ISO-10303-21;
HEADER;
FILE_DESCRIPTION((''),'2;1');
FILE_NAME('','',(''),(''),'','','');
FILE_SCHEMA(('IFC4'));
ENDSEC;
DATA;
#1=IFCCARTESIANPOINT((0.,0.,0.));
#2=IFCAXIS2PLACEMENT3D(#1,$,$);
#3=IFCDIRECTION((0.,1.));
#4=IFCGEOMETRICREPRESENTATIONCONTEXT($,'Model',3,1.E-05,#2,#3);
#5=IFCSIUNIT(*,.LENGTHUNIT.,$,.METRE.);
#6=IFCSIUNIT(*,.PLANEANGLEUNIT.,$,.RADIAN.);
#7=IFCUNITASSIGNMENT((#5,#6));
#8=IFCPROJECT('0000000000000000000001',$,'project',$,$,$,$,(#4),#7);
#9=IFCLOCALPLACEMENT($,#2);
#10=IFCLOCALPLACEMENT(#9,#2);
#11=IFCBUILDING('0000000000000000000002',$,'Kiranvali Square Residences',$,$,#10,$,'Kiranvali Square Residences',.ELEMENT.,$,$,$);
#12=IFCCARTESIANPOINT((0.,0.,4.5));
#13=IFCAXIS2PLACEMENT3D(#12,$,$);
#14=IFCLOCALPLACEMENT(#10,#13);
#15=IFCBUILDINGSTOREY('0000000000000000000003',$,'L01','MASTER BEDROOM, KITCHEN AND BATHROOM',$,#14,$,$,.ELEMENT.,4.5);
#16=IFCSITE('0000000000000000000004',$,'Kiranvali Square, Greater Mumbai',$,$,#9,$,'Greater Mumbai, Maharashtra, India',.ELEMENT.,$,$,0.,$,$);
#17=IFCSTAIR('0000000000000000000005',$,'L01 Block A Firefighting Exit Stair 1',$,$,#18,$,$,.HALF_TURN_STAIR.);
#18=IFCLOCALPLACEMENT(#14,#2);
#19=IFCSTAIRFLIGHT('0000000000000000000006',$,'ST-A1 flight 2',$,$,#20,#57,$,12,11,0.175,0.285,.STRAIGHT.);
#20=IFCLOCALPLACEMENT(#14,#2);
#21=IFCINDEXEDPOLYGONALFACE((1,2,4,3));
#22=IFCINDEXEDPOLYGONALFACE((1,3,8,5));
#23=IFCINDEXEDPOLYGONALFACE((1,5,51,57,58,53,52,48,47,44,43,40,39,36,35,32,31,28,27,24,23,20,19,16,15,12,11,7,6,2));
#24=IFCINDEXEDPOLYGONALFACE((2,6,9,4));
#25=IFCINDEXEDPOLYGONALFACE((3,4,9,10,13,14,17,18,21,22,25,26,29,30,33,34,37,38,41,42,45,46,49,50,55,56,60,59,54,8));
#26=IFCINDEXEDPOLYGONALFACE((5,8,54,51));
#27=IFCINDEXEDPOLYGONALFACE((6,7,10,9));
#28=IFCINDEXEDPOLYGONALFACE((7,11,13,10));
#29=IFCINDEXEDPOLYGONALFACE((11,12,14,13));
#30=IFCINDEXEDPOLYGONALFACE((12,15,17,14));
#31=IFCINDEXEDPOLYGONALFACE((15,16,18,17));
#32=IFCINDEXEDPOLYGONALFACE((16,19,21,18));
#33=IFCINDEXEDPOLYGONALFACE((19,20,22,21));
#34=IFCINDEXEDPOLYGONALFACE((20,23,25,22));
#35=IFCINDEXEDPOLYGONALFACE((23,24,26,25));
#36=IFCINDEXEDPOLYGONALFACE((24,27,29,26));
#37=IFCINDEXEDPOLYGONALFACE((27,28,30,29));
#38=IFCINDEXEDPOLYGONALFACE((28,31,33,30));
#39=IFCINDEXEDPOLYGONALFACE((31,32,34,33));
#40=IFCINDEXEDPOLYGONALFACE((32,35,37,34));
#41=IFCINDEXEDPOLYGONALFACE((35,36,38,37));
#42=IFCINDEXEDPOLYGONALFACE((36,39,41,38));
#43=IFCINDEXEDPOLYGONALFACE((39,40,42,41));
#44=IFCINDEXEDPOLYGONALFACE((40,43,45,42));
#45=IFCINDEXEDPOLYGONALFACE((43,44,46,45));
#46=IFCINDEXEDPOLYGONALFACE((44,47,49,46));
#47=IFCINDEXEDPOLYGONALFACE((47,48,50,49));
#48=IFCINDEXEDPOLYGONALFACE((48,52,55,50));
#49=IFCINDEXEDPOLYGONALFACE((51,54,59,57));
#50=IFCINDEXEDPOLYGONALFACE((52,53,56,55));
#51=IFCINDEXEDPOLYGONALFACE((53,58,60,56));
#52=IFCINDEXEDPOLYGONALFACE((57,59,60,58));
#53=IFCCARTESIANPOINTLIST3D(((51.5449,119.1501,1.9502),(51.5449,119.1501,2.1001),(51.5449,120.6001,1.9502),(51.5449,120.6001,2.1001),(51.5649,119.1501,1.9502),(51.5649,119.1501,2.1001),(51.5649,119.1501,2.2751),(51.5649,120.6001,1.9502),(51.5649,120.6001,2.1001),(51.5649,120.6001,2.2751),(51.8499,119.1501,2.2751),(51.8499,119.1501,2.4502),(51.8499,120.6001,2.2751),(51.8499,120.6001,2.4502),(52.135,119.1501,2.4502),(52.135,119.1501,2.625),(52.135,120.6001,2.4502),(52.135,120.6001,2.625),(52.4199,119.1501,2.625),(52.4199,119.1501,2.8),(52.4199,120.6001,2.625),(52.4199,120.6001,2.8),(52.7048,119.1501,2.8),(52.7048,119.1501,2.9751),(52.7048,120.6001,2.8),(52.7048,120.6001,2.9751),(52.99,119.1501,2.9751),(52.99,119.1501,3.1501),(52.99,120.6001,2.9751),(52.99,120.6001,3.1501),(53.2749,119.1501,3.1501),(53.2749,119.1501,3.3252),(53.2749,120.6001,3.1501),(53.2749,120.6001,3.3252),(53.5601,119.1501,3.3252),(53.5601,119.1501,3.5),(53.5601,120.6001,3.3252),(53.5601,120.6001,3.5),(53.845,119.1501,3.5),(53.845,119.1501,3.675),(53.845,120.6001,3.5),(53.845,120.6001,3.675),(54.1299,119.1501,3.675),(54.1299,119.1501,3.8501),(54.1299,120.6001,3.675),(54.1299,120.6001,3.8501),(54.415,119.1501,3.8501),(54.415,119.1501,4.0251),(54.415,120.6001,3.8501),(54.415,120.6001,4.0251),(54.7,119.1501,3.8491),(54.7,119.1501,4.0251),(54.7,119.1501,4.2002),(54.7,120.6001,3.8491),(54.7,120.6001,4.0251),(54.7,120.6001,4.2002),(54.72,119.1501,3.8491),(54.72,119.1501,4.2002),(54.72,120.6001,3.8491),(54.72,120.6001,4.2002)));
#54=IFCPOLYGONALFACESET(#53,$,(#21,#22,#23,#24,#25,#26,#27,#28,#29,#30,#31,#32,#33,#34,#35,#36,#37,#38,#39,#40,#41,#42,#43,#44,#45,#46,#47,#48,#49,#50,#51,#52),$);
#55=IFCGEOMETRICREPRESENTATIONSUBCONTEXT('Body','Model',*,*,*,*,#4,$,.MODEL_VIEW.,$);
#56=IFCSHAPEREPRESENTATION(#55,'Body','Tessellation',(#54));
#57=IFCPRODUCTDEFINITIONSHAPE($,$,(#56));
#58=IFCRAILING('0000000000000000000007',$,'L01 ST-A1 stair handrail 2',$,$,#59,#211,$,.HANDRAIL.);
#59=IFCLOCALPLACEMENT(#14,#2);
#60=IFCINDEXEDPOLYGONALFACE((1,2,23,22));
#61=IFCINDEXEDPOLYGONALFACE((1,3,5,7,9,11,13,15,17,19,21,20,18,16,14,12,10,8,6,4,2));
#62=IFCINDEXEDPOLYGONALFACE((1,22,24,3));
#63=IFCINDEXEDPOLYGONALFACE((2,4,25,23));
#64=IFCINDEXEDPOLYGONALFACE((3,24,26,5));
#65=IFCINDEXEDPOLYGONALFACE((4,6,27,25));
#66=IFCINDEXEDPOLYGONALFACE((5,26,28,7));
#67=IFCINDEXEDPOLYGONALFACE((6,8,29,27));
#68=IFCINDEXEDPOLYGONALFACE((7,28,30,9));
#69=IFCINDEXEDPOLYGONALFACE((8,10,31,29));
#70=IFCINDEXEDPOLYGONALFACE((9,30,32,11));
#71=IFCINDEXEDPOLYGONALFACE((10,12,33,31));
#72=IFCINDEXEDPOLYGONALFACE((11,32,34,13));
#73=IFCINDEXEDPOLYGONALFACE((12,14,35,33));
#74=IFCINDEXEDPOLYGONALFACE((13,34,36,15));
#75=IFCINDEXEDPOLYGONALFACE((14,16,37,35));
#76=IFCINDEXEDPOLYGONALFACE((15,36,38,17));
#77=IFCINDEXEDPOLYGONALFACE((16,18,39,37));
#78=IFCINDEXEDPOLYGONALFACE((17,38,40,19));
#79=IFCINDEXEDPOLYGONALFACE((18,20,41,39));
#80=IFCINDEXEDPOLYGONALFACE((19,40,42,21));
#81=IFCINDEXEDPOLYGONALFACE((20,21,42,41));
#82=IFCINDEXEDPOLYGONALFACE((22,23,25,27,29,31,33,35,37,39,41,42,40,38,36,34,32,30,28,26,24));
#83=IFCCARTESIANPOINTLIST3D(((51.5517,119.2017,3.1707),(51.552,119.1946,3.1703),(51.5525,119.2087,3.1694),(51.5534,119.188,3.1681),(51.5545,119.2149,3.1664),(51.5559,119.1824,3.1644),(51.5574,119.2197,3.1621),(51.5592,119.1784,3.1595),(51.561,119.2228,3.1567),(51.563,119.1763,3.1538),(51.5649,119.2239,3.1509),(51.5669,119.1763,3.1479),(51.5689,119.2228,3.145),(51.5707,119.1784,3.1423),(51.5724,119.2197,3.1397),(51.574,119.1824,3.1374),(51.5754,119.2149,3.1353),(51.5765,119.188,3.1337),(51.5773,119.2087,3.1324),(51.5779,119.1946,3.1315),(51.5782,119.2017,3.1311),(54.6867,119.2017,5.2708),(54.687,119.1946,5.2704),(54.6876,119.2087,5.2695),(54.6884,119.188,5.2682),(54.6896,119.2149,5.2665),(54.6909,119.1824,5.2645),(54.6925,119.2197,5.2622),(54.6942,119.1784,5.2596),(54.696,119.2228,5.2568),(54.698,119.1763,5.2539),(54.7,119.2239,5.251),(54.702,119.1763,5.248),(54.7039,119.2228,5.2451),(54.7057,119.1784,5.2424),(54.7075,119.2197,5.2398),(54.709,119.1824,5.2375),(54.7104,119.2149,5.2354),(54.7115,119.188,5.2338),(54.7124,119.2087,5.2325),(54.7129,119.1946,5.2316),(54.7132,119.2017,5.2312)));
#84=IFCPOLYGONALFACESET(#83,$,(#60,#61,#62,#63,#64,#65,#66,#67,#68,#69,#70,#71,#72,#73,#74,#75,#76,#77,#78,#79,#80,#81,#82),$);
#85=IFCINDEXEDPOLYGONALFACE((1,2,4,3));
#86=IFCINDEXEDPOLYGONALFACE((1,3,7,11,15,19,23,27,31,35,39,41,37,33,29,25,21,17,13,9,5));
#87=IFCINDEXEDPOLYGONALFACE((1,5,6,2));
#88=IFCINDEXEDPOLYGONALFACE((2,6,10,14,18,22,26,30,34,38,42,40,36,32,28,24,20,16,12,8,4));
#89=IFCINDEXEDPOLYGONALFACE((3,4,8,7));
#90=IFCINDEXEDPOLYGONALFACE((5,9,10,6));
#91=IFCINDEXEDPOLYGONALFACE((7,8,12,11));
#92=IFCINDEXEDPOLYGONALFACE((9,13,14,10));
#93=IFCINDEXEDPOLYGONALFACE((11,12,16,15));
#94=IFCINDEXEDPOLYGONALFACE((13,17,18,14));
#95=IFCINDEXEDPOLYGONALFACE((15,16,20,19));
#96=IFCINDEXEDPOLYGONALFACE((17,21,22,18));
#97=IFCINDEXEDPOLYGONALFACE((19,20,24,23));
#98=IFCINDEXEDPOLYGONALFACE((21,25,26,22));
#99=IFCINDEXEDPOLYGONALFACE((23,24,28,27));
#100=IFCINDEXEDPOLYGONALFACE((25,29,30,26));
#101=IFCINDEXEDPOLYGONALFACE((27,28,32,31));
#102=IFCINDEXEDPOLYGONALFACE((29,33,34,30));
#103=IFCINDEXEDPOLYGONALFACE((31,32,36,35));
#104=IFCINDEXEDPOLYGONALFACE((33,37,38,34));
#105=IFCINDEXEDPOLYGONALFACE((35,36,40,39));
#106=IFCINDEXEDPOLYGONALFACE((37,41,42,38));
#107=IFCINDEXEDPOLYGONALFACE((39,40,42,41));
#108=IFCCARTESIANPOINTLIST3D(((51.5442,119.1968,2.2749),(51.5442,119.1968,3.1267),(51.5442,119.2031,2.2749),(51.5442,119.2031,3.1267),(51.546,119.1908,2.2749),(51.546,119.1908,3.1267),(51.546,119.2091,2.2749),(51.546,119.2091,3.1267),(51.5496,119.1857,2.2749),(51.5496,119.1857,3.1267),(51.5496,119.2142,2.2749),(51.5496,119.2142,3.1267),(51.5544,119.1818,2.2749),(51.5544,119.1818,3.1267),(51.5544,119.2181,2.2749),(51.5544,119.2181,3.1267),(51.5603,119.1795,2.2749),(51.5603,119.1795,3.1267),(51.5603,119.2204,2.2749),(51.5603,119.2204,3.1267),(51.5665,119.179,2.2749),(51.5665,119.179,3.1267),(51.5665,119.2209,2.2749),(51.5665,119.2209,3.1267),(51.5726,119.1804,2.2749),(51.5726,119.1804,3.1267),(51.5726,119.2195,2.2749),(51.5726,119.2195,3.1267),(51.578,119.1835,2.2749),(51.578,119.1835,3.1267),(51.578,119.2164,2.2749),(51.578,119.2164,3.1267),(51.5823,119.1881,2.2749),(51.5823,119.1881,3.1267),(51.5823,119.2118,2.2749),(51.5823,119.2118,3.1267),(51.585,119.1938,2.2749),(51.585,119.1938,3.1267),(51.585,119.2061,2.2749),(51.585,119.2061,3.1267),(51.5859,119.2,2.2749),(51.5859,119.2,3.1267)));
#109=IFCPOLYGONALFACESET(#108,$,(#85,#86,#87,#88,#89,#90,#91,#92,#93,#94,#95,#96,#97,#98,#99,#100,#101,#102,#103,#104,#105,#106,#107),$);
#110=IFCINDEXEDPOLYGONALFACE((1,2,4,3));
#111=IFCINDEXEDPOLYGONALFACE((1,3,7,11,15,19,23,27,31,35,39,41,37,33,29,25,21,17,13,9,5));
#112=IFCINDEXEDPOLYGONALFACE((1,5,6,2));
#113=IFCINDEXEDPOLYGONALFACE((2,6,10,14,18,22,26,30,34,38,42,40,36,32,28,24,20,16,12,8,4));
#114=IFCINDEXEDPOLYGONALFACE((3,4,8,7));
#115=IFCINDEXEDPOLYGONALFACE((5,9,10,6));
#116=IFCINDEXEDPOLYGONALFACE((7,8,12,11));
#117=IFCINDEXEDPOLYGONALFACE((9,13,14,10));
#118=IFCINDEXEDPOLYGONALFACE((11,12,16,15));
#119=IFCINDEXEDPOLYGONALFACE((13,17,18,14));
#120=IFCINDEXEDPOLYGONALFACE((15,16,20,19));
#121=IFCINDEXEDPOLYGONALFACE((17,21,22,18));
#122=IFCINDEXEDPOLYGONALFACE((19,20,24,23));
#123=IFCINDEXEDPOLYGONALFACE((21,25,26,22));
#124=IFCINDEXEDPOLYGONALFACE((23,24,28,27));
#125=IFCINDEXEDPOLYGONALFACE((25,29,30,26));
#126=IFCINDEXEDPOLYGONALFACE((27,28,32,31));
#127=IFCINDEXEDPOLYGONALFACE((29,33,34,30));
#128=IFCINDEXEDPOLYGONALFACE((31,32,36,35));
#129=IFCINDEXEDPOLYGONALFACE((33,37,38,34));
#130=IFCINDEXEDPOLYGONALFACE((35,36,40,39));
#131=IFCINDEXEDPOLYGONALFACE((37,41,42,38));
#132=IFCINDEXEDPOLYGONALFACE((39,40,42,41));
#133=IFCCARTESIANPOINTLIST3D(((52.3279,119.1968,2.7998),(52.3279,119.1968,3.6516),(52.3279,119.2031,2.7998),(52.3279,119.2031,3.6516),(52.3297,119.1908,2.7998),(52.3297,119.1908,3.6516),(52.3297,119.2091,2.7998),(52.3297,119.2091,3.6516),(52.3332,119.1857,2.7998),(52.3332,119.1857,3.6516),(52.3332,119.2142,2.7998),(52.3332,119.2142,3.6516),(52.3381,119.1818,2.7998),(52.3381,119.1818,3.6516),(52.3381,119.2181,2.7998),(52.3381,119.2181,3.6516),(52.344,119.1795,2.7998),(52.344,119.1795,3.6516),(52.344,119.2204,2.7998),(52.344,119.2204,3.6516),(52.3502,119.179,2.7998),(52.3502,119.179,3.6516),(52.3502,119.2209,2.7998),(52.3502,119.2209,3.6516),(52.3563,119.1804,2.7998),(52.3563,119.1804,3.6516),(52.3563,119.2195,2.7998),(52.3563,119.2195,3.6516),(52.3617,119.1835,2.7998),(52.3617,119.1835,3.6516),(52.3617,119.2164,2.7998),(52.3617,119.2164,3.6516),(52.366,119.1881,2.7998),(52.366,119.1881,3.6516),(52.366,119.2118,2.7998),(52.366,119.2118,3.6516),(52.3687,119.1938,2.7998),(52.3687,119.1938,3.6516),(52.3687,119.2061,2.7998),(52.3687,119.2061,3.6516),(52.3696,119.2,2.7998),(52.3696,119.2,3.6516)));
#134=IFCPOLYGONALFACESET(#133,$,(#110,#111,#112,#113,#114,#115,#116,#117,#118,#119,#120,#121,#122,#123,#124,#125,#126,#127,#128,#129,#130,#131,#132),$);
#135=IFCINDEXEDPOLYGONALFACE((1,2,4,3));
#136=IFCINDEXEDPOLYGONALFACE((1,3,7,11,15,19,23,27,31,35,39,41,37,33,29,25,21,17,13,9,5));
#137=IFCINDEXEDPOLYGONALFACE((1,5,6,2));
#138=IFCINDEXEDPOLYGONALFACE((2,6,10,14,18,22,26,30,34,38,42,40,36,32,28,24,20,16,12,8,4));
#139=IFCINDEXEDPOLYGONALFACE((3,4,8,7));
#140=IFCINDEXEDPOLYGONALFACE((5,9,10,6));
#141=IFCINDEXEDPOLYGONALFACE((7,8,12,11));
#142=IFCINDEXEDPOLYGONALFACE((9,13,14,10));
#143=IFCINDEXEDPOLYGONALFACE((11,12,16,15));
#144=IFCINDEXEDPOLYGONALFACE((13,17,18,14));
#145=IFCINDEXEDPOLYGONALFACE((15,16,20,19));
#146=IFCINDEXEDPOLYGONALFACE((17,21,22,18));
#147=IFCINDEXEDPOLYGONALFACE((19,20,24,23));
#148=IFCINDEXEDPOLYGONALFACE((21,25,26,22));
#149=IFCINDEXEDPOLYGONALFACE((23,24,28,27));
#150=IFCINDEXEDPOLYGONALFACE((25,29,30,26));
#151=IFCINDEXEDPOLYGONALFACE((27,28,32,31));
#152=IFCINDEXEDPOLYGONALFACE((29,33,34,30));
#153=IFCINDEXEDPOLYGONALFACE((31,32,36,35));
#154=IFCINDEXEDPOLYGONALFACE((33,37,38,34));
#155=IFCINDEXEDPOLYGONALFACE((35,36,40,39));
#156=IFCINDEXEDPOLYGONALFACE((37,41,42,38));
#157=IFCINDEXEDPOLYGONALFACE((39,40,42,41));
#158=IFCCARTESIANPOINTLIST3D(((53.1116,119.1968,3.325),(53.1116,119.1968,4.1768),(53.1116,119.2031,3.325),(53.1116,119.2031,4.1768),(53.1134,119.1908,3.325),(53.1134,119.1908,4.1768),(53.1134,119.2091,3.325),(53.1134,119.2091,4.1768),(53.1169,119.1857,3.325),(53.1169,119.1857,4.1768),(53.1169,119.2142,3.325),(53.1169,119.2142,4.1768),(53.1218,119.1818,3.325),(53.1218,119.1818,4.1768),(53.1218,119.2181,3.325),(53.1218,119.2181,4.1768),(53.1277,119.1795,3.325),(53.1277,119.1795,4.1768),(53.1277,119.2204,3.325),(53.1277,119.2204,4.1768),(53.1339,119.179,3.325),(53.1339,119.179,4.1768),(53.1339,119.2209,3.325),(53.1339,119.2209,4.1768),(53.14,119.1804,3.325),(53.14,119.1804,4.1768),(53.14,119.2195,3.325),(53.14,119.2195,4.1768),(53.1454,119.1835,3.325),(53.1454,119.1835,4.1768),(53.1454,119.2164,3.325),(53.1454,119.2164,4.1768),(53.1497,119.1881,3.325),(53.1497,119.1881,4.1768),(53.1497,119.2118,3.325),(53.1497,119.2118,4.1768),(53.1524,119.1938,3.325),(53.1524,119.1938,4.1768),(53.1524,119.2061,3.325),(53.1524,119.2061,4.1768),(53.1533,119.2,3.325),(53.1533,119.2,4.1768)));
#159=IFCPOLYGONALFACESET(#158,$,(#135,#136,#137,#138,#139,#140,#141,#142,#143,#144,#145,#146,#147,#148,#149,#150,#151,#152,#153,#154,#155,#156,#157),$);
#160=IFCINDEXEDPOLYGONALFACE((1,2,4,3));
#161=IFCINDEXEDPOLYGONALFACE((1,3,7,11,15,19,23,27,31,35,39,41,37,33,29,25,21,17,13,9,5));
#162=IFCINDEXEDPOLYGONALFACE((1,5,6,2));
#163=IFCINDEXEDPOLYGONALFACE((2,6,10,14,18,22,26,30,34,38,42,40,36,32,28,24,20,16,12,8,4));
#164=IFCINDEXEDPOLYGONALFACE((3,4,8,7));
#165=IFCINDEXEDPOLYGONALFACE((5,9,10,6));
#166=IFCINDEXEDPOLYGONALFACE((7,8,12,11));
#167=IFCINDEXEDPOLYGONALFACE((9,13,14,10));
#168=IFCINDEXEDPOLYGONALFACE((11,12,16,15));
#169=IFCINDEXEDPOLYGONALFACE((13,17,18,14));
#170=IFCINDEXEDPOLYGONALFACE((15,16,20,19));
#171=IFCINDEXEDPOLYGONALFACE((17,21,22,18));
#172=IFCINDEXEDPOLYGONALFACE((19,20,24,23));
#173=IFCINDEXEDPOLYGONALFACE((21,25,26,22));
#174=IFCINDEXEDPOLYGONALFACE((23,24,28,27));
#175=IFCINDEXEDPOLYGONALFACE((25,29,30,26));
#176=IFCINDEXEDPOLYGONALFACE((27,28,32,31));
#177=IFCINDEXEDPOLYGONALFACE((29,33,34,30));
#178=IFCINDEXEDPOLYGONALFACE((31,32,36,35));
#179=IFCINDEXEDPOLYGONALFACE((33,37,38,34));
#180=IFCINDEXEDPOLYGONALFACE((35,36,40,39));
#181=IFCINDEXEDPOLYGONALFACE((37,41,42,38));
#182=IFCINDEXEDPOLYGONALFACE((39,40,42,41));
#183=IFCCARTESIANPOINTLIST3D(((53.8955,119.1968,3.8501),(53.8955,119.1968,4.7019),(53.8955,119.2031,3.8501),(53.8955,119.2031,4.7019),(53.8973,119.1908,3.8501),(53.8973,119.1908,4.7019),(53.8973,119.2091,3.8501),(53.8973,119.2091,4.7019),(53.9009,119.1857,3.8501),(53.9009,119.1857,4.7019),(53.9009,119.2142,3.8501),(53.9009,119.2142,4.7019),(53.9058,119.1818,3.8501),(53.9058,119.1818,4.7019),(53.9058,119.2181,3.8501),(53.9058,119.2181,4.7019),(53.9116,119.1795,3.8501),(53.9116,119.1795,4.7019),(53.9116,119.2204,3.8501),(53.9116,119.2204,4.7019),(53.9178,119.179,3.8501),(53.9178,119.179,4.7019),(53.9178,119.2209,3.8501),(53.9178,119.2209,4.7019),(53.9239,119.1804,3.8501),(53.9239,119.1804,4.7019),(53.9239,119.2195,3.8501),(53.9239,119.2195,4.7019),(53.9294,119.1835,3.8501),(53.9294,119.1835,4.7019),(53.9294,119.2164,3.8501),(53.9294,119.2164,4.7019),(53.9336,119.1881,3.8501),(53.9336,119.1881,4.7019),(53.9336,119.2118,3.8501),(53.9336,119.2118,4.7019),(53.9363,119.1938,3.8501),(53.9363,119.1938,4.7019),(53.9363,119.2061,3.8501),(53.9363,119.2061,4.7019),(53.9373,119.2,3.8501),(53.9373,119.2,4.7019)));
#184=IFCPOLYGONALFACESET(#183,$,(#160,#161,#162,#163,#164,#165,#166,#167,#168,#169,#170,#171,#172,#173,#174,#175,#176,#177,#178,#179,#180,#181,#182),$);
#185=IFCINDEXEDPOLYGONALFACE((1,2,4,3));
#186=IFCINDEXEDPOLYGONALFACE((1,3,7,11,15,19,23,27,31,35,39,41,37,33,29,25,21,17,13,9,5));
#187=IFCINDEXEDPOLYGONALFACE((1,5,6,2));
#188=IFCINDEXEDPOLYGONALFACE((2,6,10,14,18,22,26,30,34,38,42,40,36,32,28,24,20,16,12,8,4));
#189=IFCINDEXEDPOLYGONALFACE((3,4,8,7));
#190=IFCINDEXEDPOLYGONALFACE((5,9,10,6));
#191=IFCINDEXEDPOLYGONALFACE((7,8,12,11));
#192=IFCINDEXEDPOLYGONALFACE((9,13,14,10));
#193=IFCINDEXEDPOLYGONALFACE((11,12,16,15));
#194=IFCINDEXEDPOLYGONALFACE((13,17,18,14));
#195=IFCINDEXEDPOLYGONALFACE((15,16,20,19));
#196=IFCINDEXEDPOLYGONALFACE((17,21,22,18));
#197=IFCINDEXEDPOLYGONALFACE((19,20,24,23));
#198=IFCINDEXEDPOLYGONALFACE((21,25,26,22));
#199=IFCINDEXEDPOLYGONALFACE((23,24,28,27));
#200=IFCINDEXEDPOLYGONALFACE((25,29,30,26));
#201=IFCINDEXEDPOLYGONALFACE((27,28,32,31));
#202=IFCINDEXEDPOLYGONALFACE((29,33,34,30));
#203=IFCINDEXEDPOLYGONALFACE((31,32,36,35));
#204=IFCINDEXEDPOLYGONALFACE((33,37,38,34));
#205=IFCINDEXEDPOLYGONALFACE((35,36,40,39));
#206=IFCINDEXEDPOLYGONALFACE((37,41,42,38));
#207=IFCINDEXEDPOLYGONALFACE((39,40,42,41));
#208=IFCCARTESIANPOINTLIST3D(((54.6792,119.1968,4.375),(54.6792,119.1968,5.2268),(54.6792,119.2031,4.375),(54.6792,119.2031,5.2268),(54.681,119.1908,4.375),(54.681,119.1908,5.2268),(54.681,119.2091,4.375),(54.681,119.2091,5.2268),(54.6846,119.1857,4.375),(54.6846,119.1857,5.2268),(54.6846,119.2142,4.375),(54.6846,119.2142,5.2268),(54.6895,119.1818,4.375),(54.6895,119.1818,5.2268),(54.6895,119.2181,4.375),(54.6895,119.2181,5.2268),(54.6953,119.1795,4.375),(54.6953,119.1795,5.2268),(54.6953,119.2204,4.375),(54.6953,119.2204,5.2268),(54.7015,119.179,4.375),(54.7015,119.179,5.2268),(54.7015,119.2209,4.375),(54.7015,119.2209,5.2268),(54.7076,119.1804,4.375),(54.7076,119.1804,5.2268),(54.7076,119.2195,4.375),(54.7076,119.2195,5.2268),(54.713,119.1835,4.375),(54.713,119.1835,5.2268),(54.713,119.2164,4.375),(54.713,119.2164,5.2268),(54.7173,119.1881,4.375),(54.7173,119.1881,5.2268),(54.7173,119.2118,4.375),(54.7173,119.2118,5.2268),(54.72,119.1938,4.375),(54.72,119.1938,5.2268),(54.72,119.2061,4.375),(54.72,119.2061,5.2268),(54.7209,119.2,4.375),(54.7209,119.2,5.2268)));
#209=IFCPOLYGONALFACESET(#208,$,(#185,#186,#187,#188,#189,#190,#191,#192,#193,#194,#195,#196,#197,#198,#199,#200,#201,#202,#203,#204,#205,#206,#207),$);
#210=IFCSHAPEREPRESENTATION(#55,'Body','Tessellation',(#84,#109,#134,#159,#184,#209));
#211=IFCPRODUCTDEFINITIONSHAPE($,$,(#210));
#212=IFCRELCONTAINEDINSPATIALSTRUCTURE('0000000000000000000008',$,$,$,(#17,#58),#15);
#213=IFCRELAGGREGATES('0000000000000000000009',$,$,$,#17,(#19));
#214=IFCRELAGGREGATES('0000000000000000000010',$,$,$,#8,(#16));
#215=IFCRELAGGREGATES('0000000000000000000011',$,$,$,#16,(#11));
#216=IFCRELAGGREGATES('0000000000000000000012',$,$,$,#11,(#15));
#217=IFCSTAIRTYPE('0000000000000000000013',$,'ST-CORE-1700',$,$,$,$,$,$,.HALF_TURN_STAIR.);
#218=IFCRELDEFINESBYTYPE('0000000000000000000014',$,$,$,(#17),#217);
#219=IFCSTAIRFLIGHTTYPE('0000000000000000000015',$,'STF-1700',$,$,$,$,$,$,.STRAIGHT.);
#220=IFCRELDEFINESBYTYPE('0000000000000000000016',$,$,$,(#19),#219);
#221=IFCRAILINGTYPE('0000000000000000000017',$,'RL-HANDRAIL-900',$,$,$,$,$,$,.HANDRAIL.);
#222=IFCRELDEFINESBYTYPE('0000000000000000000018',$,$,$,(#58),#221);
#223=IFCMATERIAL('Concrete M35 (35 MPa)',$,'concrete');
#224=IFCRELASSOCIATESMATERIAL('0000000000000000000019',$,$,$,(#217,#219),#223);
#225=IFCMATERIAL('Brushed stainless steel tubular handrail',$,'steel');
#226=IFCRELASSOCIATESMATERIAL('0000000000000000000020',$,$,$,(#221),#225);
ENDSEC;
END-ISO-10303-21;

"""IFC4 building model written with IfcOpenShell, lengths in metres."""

from ifc_helpers import new_model, si_unit, direction, frame, origin, origin_2d, place, context, subcontext, project, spatial, polyline, circle, outline, extrude, material, type_object, element, aggregate, save


model = new_model("IFC4")

# Units and contexts
model_context = context("Model", 3, precision=1e-05, world=origin(), true_north=direction((0.0, 1.0)))
body_context = subcontext(model_context, "Body", "Model", "MODEL_VIEW")
ifc_project = project(units=[si_unit("LENGTHUNIT", "METRE"), si_unit("PLANEANGLEUNIT", "RADIAN")], contexts=[model_context])

# Site, building, storey
site_placement = place(None, origin())
site = spatial("IfcSite", under=ifc_project, at=site_placement, Name="Kiranvali Square, Greater Mumbai", LongName="Greater Mumbai, Maharashtra, India", CompositionType="ELEMENT", RefElevation=0.0)
building_placement = place(site_placement, origin())
building = spatial("IfcBuilding", under=site, at=building_placement, Name="Kiranvali Square Residences", LongName="Kiranvali Square Residences", CompositionType="ELEMENT")
storey_placement = place(building_placement, frame((0.0, 0.0, 4.5)))
storey = spatial("IfcBuildingStorey", under=building, at=storey_placement, Name="L01", Description="MASTER BEDROOM, KITCHEN AND BATHROOM", CompositionType="ELEMENT", Elevation=4.5)

# Stair, stair flight
ifc_material_1 = material(Name="Concrete M35 (35 MPa)", Category="concrete")
stair_type = type_object("IfcStairType", Name="ST-CORE-1700", PredefinedType="HALF_TURN_STAIR", material=ifc_material_1)
stair_placement = place(storey_placement, origin())
stair = element("IfcStair", 1, at=stair_placement, inside=storey, type_object=stair_type, Name="L01 Block A Firefighting Exit Stair 1", PredefinedType="HALF_TURN_STAIR")
stair_flight_type = type_object("IfcStairFlightType", Name="STF-1700", PredefinedType="STRAIGHT", material=ifc_material_1)
stair_flight_placement = place(storey_placement, frame((51.5649, 119.875, 2.1001), z_axis=(0.0, 0.0, 1.0), x_axis=(1.0, 0.0, 0.0)))
stair_flight = element("IfcStairFlight", 2, at=stair_flight_placement, type_object=stair_flight_type, Name="ST-A1 flight 2", NumberOfRisers=12, NumberOfTreads=11, PredefinedType="STRAIGHT", RiserHeight=0.175, TreadLength=0.285, context=body_context, shape_type="SweptSolid", body=[
    extrude(outline(polyline([(-0.02, -0.1499), (-0.02, 0.0), (0.0, 0.0), (0.0, 0.175), (0.2849, 0.175), (0.2849, 0.3501), (0.5701, 0.3501), (0.5701, 0.5249), (0.855, 0.5249), (0.855, 0.7), (1.1399, 0.7), (1.1399, 0.875), (1.425, 0.875), (1.425, 1.05), (1.71, 1.05), (1.71, 1.2251), (1.9951, 1.2251), (1.9951, 1.3999), (2.28, 1.3999), (2.28, 1.575), (2.5649, 1.575), (2.5649, 1.75), (2.8501, 1.75), (2.8501, 1.925), (3.135, 1.925), (3.135, 2.1001), (3.155, 2.1001), (3.155, 1.749), (3.135, 1.749), (0.0, -0.1499), (-0.02, -0.1499)])), frame((0.0, 0.7251, 0.0), z_axis=(0.0, -1.0, 0.0), x_axis=(1.0, 0.0, 0.0)), (0.0, 0.0, 1.0), 1.45),
])
aggregate(stair, [stair_flight])

# Railing
ifc_material_2 = material(Name="Brushed stainless steel tubular handrail", Category="steel")
railing_type_1 = type_object("IfcRailingType", Name="RL-HANDRAIL-900", PredefinedType="HANDRAIL", material=ifc_material_2)
railing_1_placement = place(storey_placement, frame((51.5649, 119.2, 2.2749)))
element("IfcRailing", 3, at=railing_1_placement, inside=storey, type_object=railing_type_1, Name="L01 ST-A1 stair handrail 2", PredefinedType="HANDRAIL", context=body_context, shape_type="SweptSolid", body=[
    extrude(circle(Radius=0.0239, at=origin_2d()), frame((0.0, 0.0, 0.876), z_axis=(0.830814, 0.0, 0.55655), x_axis=(0.0, 1.0, 0.0)), (0.0, 0.0, 1.0), 3.7734),
    extrude(circle(Radius=0.021, at=origin_2d()), origin(), (0.0, 0.0, 1.0), 0.8518),
    extrude(circle(Radius=0.021, at=origin_2d()), frame((0.7837, 0.0, 0.5249)), (0.0, 0.0, 1.0), 0.8518),
    extrude(circle(Radius=0.021, at=origin_2d()), frame((1.5674, 0.0, 1.05)), (0.0, 0.0, 1.0), 0.8518),
    extrude(circle(Radius=0.021, at=origin_2d()), frame((2.3513, 0.0, 1.5752)), (0.0, 0.0, 1.0), 0.8518),
    extrude(circle(Radius=0.021, at=origin_2d()), frame((3.135, 0.0, 2.1001)), (0.0, 0.0, 1.0), 0.8518),
])

save(model, "model.ifc")
